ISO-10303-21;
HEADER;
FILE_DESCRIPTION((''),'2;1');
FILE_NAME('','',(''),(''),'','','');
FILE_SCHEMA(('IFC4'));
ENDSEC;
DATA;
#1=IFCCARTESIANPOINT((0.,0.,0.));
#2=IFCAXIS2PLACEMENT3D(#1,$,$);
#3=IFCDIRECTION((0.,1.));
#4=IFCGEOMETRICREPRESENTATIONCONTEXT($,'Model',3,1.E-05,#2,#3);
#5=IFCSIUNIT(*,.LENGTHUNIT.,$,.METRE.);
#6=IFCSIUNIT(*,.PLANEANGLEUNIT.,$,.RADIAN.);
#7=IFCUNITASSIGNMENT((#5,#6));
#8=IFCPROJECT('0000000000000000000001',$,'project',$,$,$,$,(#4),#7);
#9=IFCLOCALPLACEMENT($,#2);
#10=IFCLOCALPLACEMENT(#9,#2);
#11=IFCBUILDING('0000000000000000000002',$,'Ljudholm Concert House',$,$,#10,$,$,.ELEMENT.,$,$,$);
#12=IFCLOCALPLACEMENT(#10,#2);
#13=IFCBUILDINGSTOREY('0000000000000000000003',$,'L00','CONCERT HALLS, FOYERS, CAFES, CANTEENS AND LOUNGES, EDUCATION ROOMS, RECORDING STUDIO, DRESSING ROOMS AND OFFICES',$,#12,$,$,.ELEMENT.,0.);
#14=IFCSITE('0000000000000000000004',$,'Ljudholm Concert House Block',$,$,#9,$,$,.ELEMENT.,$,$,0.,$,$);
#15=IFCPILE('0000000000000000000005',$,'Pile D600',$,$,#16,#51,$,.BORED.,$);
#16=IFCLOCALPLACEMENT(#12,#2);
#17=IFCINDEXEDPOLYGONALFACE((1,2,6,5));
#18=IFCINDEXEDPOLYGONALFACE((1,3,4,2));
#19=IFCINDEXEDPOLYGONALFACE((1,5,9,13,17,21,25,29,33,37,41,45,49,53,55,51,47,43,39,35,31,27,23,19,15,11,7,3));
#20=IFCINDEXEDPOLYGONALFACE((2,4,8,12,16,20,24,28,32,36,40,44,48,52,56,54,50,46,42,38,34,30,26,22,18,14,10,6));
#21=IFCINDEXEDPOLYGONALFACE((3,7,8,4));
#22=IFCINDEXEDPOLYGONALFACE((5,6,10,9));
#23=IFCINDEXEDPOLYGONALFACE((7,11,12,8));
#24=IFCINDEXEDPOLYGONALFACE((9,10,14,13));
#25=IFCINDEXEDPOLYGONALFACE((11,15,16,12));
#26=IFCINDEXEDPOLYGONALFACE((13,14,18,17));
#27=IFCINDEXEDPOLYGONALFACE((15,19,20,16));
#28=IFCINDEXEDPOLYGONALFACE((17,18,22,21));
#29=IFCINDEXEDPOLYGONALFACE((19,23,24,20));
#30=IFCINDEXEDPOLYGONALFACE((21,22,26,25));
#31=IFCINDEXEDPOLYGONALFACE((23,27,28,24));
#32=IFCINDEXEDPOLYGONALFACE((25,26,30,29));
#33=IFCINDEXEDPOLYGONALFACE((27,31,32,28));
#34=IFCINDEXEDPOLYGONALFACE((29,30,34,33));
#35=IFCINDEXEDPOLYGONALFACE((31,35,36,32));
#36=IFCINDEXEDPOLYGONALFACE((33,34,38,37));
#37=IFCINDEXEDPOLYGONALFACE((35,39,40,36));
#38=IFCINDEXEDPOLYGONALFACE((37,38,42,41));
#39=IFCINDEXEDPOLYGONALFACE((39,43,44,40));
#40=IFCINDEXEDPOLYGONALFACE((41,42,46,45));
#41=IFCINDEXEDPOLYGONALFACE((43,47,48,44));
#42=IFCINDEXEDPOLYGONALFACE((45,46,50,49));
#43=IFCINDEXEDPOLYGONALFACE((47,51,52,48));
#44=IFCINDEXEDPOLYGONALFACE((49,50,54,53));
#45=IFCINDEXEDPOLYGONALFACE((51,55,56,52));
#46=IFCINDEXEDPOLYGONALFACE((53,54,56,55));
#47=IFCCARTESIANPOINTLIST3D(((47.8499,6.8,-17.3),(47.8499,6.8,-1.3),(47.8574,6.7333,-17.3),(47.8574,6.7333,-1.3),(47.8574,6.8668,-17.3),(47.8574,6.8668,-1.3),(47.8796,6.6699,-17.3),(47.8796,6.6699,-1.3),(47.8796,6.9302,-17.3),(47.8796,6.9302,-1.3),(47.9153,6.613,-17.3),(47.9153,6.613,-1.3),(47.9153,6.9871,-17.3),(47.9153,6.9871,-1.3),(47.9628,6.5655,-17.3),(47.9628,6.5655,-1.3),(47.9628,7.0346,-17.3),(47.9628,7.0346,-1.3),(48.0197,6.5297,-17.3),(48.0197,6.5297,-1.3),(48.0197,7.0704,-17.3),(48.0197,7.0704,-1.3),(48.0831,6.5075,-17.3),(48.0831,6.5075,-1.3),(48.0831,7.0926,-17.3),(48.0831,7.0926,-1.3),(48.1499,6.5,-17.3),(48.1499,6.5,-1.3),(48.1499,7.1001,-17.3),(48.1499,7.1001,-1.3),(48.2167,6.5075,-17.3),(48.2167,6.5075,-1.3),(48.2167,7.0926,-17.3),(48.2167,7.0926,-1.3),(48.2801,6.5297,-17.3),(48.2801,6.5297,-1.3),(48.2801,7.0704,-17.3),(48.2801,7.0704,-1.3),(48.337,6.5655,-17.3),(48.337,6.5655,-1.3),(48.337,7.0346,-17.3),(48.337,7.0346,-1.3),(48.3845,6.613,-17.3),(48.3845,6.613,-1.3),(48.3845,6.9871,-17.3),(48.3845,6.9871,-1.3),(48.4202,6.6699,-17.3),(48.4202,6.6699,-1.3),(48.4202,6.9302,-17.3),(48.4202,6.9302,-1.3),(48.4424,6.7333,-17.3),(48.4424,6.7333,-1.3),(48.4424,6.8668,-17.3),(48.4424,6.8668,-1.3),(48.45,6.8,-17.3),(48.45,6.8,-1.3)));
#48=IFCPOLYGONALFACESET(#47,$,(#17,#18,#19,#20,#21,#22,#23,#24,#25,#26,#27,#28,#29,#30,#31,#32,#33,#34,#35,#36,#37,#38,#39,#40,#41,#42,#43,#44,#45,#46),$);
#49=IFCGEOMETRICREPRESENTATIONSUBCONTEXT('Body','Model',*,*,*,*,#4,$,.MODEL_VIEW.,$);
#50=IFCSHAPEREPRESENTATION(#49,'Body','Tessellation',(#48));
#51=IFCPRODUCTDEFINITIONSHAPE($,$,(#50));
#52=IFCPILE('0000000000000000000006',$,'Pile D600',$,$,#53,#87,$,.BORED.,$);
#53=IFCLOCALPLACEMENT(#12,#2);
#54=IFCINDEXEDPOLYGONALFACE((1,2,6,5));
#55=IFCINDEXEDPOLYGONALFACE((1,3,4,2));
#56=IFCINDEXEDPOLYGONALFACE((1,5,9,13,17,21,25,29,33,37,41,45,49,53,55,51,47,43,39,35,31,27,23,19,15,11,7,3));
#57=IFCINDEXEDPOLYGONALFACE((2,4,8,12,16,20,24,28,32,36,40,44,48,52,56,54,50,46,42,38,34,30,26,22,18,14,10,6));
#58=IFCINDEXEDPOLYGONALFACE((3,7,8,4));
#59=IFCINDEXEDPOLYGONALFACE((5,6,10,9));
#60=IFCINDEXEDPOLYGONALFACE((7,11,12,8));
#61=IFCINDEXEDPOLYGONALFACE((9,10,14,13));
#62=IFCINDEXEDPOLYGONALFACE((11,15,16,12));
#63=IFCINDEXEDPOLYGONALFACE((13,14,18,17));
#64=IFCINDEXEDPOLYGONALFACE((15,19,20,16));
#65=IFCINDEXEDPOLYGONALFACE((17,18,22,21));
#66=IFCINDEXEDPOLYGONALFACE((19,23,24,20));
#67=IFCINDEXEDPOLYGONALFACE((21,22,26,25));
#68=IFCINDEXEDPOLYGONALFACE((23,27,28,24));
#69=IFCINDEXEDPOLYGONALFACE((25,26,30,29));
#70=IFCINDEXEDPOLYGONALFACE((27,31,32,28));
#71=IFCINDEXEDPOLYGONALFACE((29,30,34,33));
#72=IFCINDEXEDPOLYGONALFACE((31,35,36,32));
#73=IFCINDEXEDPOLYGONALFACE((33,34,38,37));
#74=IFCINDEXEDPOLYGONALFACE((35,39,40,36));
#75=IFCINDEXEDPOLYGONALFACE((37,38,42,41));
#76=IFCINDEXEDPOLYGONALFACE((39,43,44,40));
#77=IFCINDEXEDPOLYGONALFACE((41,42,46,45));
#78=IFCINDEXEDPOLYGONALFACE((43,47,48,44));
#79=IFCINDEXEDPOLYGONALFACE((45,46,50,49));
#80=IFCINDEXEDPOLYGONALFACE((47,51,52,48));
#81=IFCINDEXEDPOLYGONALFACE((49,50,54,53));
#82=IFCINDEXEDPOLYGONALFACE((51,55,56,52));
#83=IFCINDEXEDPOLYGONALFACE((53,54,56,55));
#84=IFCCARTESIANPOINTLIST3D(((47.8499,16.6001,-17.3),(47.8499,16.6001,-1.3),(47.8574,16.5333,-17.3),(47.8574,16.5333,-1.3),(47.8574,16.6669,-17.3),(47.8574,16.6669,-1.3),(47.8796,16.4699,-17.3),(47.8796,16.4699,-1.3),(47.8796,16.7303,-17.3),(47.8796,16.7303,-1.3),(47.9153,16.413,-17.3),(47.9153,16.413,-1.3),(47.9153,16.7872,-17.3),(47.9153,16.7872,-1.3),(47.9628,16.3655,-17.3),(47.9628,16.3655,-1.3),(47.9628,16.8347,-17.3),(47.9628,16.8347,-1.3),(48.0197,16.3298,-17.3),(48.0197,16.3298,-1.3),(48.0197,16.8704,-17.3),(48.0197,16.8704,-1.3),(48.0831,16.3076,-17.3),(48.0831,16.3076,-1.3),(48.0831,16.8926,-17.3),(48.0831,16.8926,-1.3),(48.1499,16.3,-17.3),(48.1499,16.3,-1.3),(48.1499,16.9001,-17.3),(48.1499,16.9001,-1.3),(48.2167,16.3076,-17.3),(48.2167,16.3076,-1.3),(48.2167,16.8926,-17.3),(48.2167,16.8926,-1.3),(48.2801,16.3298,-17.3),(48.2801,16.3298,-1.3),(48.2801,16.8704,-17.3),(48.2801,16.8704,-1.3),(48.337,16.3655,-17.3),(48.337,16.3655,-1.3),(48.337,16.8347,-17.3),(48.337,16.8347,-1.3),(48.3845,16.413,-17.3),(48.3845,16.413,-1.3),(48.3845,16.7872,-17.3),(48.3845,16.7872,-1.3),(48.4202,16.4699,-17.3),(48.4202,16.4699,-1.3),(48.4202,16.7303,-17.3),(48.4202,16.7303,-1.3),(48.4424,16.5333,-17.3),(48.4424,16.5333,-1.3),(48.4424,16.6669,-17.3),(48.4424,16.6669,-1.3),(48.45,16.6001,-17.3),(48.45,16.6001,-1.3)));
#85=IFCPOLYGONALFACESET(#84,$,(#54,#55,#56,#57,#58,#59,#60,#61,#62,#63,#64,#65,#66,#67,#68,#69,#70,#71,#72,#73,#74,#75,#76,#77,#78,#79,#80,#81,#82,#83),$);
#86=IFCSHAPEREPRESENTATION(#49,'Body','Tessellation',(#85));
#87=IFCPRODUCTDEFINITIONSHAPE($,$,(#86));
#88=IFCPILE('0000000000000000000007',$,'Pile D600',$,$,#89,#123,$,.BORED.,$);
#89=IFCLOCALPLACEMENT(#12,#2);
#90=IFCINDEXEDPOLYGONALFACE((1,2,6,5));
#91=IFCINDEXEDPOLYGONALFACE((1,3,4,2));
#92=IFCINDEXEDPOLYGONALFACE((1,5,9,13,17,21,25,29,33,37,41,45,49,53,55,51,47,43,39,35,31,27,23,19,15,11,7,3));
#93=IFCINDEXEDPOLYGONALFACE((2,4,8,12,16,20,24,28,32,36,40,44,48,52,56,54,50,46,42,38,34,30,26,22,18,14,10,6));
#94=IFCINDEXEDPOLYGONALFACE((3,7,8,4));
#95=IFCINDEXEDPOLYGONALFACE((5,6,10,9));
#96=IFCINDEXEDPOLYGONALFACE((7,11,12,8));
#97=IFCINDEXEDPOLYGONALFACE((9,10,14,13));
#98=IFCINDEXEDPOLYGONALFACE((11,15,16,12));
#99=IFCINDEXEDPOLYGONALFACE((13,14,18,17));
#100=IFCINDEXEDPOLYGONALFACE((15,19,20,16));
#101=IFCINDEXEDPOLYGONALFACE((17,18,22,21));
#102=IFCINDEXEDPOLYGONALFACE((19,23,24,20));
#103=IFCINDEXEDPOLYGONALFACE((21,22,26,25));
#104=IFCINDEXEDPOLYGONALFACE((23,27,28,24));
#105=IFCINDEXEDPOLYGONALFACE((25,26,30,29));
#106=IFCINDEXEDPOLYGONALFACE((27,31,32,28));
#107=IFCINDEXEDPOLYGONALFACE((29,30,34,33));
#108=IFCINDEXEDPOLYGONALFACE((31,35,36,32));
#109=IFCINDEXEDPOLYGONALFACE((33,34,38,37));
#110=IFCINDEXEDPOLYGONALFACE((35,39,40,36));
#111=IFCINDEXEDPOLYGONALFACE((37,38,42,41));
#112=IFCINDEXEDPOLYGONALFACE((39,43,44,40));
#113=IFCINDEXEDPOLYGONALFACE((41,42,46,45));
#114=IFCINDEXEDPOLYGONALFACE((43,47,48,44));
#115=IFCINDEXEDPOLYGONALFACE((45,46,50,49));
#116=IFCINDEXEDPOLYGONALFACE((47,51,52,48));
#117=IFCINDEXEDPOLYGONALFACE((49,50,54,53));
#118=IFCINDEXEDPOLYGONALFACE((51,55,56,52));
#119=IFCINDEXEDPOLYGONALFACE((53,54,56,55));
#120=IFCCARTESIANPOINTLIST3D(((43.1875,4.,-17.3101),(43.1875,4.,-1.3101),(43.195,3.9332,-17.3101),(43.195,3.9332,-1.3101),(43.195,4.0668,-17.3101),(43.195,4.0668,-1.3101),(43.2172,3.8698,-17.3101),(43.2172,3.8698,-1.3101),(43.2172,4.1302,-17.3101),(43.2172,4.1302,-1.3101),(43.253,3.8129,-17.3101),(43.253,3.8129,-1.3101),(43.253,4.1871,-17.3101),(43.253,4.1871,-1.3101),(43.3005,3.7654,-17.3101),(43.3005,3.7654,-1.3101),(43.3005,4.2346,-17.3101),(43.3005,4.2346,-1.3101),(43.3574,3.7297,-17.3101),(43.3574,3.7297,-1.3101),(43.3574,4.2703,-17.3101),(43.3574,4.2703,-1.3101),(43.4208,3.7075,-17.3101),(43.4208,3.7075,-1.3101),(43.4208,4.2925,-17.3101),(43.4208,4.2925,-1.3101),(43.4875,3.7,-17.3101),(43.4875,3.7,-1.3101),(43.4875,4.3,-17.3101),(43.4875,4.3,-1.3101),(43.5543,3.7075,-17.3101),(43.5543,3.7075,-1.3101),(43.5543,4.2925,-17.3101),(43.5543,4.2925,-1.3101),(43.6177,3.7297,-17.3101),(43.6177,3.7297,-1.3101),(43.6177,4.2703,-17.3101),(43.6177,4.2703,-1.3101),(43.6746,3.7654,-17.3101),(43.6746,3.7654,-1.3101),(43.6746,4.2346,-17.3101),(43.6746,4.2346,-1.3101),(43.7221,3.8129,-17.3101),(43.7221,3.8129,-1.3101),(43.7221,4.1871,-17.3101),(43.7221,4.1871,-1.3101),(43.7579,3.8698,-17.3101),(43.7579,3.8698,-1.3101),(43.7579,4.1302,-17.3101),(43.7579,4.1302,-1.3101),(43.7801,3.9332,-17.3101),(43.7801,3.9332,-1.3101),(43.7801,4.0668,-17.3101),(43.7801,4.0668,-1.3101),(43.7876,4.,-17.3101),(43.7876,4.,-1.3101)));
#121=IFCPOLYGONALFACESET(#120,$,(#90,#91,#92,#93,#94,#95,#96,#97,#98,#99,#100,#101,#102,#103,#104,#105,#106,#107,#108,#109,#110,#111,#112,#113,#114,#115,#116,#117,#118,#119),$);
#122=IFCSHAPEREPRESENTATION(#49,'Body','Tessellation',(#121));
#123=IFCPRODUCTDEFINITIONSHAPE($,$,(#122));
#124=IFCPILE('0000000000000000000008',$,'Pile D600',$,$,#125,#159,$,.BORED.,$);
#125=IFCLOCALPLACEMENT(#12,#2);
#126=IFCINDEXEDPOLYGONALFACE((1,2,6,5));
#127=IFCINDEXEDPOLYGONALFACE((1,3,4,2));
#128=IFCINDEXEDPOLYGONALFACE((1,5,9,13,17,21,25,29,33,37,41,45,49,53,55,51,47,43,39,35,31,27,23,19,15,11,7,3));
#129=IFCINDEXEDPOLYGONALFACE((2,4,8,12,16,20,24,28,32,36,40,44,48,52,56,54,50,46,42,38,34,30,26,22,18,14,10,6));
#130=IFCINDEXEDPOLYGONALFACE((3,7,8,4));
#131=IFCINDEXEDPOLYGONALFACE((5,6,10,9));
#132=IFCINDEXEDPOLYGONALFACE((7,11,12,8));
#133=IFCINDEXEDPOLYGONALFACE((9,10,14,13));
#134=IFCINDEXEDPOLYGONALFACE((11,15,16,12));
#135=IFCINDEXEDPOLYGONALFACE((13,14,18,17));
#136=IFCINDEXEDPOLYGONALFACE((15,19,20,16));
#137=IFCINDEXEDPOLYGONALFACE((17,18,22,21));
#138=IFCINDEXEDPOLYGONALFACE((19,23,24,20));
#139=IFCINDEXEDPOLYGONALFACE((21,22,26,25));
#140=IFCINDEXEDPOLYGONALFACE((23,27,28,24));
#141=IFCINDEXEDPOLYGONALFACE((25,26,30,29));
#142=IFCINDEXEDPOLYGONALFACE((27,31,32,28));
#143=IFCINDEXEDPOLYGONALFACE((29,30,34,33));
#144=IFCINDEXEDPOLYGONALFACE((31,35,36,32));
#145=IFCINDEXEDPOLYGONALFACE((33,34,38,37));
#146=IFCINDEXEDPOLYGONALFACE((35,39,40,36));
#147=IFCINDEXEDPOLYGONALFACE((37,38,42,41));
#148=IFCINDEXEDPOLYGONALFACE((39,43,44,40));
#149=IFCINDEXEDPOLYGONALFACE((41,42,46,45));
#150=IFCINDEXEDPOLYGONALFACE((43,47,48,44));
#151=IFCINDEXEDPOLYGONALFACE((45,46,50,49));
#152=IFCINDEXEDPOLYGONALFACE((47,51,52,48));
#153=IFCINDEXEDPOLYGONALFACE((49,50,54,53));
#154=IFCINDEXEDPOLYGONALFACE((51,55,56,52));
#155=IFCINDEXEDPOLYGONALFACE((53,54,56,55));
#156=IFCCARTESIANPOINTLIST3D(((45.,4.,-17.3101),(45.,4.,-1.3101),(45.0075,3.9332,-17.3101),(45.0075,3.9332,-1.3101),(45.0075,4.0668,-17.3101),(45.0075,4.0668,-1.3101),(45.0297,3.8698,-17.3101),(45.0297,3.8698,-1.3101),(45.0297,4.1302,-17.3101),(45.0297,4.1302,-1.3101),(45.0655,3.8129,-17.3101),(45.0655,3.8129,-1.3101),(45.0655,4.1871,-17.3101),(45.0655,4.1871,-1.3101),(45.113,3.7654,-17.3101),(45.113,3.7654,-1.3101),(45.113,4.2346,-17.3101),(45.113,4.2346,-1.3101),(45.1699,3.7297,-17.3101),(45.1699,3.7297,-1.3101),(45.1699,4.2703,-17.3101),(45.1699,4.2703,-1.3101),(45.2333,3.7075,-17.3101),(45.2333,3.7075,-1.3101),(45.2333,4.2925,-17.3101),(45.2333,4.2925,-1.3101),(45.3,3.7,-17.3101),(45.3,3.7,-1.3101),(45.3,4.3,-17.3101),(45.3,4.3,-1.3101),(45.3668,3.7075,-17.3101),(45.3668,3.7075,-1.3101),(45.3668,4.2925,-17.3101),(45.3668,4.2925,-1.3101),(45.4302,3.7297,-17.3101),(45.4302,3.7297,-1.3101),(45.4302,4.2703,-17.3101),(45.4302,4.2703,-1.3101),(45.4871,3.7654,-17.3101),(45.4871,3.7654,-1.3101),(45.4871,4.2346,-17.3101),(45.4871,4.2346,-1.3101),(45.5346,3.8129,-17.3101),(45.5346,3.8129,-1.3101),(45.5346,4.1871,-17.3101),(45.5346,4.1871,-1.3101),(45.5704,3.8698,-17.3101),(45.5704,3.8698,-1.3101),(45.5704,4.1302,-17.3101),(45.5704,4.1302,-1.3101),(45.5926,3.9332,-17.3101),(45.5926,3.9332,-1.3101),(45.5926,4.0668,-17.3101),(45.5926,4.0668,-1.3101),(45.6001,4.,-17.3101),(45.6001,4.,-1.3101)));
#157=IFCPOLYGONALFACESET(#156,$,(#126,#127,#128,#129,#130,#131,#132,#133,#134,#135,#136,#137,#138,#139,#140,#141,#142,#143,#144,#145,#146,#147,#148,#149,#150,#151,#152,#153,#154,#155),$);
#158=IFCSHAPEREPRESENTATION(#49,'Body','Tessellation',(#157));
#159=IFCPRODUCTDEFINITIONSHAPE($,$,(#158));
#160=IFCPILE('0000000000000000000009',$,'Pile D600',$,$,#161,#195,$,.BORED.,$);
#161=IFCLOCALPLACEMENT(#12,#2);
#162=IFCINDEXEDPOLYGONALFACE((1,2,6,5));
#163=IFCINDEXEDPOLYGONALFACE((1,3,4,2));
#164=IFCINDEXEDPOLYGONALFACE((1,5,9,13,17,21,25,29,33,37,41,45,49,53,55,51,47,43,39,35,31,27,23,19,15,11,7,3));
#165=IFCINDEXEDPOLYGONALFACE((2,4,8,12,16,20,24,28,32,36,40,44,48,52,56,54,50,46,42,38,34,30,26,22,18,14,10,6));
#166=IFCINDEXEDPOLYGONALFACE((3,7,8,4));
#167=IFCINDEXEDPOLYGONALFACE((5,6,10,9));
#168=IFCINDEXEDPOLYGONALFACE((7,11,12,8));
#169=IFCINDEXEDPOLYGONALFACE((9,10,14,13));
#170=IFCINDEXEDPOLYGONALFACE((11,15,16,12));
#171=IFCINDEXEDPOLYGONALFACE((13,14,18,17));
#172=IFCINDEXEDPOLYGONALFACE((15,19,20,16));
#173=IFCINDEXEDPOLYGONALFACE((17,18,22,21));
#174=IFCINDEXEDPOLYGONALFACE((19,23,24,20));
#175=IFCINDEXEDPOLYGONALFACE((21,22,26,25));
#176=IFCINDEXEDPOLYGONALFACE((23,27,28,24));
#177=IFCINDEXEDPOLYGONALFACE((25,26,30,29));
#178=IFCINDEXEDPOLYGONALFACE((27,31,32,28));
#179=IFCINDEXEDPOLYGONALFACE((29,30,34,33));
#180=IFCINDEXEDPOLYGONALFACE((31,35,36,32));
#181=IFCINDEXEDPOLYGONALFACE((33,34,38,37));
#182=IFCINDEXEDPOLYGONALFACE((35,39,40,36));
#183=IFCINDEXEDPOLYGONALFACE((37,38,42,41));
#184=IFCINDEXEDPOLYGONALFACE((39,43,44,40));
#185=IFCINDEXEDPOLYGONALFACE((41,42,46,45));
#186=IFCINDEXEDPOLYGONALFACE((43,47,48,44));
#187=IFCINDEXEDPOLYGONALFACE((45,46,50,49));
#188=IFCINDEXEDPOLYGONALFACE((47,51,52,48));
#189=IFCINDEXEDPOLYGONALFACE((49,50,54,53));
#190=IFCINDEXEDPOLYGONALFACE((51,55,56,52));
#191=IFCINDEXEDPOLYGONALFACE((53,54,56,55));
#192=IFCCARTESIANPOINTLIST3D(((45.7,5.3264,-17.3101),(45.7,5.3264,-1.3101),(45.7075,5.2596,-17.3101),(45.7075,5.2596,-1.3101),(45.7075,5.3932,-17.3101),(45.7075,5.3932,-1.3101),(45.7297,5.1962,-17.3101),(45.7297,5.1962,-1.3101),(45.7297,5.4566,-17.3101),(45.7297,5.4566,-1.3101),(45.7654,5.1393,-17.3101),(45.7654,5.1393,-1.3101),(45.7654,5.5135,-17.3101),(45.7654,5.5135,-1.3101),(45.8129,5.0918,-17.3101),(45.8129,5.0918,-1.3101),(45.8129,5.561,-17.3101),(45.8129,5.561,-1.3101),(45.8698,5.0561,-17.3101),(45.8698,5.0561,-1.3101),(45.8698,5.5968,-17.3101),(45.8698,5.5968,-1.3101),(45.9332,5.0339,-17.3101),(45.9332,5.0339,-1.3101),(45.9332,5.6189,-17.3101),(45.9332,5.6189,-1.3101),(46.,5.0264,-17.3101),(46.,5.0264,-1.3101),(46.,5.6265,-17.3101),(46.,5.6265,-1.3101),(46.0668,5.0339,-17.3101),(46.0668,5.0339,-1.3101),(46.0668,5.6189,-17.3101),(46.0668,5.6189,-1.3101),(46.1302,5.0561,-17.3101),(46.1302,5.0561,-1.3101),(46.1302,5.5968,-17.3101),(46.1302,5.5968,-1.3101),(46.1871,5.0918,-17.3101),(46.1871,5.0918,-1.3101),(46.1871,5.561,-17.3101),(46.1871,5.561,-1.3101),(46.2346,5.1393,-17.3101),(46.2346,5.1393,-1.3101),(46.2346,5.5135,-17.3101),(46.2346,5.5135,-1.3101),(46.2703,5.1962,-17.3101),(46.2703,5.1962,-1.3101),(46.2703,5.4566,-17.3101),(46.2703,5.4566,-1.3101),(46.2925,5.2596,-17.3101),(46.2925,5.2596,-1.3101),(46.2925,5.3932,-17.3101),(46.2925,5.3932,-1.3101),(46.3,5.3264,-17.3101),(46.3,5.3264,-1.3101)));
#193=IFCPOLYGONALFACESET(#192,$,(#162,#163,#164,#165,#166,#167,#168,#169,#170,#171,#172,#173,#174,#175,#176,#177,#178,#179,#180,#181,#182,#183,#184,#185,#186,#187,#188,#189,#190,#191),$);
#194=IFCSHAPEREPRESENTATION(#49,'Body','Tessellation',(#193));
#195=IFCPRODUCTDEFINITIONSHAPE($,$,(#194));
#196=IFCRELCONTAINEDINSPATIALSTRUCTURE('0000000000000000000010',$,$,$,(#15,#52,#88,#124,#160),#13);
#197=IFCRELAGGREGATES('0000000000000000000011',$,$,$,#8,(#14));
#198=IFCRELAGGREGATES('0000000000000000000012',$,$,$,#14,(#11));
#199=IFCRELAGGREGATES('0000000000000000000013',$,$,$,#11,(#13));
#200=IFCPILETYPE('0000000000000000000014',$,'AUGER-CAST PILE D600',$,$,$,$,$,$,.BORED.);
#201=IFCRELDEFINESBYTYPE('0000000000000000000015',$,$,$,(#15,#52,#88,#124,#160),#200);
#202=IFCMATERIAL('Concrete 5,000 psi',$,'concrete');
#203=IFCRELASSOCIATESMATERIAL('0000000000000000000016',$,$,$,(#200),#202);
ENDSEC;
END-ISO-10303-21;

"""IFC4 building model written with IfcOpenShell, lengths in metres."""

from ifc_helpers import new_model, si_unit, direction, frame, origin, origin_2d, place, context, subcontext, project, spatial, circle, extrude, material, material_profile, profile_set, type_object, element, save


model = new_model("IFC4")

# Units and contexts
model_context = context("Model", 3, precision=1e-05, world=origin(), true_north=direction((0.0, 1.0)))
body_context = subcontext(model_context, "Body", "Model", "MODEL_VIEW")
ifc_project = project(units=[si_unit("LENGTHUNIT", "METRE"), si_unit("PLANEANGLEUNIT", "RADIAN")], contexts=[model_context])

# Site, building, storey
site_placement = place(None, origin())
site = spatial("IfcSite", under=ifc_project, at=site_placement, Name="Ljudholm Concert House Block", CompositionType="ELEMENT", RefElevation=0.0)
building_placement = place(site_placement, origin())
building = spatial("IfcBuilding", under=site, at=building_placement, Name="Ljudholm Concert House", CompositionType="ELEMENT")
storey_placement = place(building_placement, origin())
storey = spatial("IfcBuildingStorey", under=building, at=storey_placement, Name="L00", Description="CONCERT HALLS, FOYERS, CAFES, CANTEENS AND LOUNGES, EDUCATION ROOMS, RECORDING STUDIO, DRESSING ROOMS AND OFFICES", CompositionType="ELEMENT", Elevation=0.0)

# Piles
ifc_material_1 = material(Name="Concrete 5,000 psi", Category="concrete")
ifc_material_profile_1 = material_profile(ifc_material_1, circle(Radius=0.3, at=origin_2d()), Name="AUGER-CAST PILE D600")
ifc_profile_set_1 = profile_set([ifc_material_profile_1], Name="Concrete 5,000 psi")
pile_type = type_object("IfcPileType", Name="AUGER-CAST PILE D600", PredefinedType="BORED", material=ifc_profile_set_1)
for number, where, z_axis, x_axis, name in (
    (1, (48.1499, 6.8, -1.3), (0.0, 0.0, -1.0), (1.0, 0.0, 0.0), "Pile D600"),
    (2, (48.1499, 16.6001, -1.3), (0.0, 0.0, -1.0), (1.0, 0.0, 0.0), "Pile D600"),
    (3, (43.4875, 4.0, -1.3101), (0.0, 0.0, -1.0), (1.0, 0.0, 0.0), "Pile D600"),
    (4, (45.3, 4.0, -1.3101), (0.0, 0.0, -1.0), (1.0, 0.0, 0.0), "Pile D600"),
    (5, (46.0, 5.3264, -1.3101), (0.0, 0.0, -1.0), (1.0, 0.0, 0.0), "Pile D600"),
):
    element("IfcPile", number, at=place(storey_placement, frame(where, z_axis=z_axis, x_axis=x_axis)), inside=storey, type_object=pile_type, Name=name, PredefinedType="BORED", context=body_context, shape_type="SweptSolid", body=[
        extrude(circle(Radius=0.3, at=origin_2d()), origin(), (0.0, 0.0, 1.0), 16.0),
    ])

save(model, "model.ifc")
